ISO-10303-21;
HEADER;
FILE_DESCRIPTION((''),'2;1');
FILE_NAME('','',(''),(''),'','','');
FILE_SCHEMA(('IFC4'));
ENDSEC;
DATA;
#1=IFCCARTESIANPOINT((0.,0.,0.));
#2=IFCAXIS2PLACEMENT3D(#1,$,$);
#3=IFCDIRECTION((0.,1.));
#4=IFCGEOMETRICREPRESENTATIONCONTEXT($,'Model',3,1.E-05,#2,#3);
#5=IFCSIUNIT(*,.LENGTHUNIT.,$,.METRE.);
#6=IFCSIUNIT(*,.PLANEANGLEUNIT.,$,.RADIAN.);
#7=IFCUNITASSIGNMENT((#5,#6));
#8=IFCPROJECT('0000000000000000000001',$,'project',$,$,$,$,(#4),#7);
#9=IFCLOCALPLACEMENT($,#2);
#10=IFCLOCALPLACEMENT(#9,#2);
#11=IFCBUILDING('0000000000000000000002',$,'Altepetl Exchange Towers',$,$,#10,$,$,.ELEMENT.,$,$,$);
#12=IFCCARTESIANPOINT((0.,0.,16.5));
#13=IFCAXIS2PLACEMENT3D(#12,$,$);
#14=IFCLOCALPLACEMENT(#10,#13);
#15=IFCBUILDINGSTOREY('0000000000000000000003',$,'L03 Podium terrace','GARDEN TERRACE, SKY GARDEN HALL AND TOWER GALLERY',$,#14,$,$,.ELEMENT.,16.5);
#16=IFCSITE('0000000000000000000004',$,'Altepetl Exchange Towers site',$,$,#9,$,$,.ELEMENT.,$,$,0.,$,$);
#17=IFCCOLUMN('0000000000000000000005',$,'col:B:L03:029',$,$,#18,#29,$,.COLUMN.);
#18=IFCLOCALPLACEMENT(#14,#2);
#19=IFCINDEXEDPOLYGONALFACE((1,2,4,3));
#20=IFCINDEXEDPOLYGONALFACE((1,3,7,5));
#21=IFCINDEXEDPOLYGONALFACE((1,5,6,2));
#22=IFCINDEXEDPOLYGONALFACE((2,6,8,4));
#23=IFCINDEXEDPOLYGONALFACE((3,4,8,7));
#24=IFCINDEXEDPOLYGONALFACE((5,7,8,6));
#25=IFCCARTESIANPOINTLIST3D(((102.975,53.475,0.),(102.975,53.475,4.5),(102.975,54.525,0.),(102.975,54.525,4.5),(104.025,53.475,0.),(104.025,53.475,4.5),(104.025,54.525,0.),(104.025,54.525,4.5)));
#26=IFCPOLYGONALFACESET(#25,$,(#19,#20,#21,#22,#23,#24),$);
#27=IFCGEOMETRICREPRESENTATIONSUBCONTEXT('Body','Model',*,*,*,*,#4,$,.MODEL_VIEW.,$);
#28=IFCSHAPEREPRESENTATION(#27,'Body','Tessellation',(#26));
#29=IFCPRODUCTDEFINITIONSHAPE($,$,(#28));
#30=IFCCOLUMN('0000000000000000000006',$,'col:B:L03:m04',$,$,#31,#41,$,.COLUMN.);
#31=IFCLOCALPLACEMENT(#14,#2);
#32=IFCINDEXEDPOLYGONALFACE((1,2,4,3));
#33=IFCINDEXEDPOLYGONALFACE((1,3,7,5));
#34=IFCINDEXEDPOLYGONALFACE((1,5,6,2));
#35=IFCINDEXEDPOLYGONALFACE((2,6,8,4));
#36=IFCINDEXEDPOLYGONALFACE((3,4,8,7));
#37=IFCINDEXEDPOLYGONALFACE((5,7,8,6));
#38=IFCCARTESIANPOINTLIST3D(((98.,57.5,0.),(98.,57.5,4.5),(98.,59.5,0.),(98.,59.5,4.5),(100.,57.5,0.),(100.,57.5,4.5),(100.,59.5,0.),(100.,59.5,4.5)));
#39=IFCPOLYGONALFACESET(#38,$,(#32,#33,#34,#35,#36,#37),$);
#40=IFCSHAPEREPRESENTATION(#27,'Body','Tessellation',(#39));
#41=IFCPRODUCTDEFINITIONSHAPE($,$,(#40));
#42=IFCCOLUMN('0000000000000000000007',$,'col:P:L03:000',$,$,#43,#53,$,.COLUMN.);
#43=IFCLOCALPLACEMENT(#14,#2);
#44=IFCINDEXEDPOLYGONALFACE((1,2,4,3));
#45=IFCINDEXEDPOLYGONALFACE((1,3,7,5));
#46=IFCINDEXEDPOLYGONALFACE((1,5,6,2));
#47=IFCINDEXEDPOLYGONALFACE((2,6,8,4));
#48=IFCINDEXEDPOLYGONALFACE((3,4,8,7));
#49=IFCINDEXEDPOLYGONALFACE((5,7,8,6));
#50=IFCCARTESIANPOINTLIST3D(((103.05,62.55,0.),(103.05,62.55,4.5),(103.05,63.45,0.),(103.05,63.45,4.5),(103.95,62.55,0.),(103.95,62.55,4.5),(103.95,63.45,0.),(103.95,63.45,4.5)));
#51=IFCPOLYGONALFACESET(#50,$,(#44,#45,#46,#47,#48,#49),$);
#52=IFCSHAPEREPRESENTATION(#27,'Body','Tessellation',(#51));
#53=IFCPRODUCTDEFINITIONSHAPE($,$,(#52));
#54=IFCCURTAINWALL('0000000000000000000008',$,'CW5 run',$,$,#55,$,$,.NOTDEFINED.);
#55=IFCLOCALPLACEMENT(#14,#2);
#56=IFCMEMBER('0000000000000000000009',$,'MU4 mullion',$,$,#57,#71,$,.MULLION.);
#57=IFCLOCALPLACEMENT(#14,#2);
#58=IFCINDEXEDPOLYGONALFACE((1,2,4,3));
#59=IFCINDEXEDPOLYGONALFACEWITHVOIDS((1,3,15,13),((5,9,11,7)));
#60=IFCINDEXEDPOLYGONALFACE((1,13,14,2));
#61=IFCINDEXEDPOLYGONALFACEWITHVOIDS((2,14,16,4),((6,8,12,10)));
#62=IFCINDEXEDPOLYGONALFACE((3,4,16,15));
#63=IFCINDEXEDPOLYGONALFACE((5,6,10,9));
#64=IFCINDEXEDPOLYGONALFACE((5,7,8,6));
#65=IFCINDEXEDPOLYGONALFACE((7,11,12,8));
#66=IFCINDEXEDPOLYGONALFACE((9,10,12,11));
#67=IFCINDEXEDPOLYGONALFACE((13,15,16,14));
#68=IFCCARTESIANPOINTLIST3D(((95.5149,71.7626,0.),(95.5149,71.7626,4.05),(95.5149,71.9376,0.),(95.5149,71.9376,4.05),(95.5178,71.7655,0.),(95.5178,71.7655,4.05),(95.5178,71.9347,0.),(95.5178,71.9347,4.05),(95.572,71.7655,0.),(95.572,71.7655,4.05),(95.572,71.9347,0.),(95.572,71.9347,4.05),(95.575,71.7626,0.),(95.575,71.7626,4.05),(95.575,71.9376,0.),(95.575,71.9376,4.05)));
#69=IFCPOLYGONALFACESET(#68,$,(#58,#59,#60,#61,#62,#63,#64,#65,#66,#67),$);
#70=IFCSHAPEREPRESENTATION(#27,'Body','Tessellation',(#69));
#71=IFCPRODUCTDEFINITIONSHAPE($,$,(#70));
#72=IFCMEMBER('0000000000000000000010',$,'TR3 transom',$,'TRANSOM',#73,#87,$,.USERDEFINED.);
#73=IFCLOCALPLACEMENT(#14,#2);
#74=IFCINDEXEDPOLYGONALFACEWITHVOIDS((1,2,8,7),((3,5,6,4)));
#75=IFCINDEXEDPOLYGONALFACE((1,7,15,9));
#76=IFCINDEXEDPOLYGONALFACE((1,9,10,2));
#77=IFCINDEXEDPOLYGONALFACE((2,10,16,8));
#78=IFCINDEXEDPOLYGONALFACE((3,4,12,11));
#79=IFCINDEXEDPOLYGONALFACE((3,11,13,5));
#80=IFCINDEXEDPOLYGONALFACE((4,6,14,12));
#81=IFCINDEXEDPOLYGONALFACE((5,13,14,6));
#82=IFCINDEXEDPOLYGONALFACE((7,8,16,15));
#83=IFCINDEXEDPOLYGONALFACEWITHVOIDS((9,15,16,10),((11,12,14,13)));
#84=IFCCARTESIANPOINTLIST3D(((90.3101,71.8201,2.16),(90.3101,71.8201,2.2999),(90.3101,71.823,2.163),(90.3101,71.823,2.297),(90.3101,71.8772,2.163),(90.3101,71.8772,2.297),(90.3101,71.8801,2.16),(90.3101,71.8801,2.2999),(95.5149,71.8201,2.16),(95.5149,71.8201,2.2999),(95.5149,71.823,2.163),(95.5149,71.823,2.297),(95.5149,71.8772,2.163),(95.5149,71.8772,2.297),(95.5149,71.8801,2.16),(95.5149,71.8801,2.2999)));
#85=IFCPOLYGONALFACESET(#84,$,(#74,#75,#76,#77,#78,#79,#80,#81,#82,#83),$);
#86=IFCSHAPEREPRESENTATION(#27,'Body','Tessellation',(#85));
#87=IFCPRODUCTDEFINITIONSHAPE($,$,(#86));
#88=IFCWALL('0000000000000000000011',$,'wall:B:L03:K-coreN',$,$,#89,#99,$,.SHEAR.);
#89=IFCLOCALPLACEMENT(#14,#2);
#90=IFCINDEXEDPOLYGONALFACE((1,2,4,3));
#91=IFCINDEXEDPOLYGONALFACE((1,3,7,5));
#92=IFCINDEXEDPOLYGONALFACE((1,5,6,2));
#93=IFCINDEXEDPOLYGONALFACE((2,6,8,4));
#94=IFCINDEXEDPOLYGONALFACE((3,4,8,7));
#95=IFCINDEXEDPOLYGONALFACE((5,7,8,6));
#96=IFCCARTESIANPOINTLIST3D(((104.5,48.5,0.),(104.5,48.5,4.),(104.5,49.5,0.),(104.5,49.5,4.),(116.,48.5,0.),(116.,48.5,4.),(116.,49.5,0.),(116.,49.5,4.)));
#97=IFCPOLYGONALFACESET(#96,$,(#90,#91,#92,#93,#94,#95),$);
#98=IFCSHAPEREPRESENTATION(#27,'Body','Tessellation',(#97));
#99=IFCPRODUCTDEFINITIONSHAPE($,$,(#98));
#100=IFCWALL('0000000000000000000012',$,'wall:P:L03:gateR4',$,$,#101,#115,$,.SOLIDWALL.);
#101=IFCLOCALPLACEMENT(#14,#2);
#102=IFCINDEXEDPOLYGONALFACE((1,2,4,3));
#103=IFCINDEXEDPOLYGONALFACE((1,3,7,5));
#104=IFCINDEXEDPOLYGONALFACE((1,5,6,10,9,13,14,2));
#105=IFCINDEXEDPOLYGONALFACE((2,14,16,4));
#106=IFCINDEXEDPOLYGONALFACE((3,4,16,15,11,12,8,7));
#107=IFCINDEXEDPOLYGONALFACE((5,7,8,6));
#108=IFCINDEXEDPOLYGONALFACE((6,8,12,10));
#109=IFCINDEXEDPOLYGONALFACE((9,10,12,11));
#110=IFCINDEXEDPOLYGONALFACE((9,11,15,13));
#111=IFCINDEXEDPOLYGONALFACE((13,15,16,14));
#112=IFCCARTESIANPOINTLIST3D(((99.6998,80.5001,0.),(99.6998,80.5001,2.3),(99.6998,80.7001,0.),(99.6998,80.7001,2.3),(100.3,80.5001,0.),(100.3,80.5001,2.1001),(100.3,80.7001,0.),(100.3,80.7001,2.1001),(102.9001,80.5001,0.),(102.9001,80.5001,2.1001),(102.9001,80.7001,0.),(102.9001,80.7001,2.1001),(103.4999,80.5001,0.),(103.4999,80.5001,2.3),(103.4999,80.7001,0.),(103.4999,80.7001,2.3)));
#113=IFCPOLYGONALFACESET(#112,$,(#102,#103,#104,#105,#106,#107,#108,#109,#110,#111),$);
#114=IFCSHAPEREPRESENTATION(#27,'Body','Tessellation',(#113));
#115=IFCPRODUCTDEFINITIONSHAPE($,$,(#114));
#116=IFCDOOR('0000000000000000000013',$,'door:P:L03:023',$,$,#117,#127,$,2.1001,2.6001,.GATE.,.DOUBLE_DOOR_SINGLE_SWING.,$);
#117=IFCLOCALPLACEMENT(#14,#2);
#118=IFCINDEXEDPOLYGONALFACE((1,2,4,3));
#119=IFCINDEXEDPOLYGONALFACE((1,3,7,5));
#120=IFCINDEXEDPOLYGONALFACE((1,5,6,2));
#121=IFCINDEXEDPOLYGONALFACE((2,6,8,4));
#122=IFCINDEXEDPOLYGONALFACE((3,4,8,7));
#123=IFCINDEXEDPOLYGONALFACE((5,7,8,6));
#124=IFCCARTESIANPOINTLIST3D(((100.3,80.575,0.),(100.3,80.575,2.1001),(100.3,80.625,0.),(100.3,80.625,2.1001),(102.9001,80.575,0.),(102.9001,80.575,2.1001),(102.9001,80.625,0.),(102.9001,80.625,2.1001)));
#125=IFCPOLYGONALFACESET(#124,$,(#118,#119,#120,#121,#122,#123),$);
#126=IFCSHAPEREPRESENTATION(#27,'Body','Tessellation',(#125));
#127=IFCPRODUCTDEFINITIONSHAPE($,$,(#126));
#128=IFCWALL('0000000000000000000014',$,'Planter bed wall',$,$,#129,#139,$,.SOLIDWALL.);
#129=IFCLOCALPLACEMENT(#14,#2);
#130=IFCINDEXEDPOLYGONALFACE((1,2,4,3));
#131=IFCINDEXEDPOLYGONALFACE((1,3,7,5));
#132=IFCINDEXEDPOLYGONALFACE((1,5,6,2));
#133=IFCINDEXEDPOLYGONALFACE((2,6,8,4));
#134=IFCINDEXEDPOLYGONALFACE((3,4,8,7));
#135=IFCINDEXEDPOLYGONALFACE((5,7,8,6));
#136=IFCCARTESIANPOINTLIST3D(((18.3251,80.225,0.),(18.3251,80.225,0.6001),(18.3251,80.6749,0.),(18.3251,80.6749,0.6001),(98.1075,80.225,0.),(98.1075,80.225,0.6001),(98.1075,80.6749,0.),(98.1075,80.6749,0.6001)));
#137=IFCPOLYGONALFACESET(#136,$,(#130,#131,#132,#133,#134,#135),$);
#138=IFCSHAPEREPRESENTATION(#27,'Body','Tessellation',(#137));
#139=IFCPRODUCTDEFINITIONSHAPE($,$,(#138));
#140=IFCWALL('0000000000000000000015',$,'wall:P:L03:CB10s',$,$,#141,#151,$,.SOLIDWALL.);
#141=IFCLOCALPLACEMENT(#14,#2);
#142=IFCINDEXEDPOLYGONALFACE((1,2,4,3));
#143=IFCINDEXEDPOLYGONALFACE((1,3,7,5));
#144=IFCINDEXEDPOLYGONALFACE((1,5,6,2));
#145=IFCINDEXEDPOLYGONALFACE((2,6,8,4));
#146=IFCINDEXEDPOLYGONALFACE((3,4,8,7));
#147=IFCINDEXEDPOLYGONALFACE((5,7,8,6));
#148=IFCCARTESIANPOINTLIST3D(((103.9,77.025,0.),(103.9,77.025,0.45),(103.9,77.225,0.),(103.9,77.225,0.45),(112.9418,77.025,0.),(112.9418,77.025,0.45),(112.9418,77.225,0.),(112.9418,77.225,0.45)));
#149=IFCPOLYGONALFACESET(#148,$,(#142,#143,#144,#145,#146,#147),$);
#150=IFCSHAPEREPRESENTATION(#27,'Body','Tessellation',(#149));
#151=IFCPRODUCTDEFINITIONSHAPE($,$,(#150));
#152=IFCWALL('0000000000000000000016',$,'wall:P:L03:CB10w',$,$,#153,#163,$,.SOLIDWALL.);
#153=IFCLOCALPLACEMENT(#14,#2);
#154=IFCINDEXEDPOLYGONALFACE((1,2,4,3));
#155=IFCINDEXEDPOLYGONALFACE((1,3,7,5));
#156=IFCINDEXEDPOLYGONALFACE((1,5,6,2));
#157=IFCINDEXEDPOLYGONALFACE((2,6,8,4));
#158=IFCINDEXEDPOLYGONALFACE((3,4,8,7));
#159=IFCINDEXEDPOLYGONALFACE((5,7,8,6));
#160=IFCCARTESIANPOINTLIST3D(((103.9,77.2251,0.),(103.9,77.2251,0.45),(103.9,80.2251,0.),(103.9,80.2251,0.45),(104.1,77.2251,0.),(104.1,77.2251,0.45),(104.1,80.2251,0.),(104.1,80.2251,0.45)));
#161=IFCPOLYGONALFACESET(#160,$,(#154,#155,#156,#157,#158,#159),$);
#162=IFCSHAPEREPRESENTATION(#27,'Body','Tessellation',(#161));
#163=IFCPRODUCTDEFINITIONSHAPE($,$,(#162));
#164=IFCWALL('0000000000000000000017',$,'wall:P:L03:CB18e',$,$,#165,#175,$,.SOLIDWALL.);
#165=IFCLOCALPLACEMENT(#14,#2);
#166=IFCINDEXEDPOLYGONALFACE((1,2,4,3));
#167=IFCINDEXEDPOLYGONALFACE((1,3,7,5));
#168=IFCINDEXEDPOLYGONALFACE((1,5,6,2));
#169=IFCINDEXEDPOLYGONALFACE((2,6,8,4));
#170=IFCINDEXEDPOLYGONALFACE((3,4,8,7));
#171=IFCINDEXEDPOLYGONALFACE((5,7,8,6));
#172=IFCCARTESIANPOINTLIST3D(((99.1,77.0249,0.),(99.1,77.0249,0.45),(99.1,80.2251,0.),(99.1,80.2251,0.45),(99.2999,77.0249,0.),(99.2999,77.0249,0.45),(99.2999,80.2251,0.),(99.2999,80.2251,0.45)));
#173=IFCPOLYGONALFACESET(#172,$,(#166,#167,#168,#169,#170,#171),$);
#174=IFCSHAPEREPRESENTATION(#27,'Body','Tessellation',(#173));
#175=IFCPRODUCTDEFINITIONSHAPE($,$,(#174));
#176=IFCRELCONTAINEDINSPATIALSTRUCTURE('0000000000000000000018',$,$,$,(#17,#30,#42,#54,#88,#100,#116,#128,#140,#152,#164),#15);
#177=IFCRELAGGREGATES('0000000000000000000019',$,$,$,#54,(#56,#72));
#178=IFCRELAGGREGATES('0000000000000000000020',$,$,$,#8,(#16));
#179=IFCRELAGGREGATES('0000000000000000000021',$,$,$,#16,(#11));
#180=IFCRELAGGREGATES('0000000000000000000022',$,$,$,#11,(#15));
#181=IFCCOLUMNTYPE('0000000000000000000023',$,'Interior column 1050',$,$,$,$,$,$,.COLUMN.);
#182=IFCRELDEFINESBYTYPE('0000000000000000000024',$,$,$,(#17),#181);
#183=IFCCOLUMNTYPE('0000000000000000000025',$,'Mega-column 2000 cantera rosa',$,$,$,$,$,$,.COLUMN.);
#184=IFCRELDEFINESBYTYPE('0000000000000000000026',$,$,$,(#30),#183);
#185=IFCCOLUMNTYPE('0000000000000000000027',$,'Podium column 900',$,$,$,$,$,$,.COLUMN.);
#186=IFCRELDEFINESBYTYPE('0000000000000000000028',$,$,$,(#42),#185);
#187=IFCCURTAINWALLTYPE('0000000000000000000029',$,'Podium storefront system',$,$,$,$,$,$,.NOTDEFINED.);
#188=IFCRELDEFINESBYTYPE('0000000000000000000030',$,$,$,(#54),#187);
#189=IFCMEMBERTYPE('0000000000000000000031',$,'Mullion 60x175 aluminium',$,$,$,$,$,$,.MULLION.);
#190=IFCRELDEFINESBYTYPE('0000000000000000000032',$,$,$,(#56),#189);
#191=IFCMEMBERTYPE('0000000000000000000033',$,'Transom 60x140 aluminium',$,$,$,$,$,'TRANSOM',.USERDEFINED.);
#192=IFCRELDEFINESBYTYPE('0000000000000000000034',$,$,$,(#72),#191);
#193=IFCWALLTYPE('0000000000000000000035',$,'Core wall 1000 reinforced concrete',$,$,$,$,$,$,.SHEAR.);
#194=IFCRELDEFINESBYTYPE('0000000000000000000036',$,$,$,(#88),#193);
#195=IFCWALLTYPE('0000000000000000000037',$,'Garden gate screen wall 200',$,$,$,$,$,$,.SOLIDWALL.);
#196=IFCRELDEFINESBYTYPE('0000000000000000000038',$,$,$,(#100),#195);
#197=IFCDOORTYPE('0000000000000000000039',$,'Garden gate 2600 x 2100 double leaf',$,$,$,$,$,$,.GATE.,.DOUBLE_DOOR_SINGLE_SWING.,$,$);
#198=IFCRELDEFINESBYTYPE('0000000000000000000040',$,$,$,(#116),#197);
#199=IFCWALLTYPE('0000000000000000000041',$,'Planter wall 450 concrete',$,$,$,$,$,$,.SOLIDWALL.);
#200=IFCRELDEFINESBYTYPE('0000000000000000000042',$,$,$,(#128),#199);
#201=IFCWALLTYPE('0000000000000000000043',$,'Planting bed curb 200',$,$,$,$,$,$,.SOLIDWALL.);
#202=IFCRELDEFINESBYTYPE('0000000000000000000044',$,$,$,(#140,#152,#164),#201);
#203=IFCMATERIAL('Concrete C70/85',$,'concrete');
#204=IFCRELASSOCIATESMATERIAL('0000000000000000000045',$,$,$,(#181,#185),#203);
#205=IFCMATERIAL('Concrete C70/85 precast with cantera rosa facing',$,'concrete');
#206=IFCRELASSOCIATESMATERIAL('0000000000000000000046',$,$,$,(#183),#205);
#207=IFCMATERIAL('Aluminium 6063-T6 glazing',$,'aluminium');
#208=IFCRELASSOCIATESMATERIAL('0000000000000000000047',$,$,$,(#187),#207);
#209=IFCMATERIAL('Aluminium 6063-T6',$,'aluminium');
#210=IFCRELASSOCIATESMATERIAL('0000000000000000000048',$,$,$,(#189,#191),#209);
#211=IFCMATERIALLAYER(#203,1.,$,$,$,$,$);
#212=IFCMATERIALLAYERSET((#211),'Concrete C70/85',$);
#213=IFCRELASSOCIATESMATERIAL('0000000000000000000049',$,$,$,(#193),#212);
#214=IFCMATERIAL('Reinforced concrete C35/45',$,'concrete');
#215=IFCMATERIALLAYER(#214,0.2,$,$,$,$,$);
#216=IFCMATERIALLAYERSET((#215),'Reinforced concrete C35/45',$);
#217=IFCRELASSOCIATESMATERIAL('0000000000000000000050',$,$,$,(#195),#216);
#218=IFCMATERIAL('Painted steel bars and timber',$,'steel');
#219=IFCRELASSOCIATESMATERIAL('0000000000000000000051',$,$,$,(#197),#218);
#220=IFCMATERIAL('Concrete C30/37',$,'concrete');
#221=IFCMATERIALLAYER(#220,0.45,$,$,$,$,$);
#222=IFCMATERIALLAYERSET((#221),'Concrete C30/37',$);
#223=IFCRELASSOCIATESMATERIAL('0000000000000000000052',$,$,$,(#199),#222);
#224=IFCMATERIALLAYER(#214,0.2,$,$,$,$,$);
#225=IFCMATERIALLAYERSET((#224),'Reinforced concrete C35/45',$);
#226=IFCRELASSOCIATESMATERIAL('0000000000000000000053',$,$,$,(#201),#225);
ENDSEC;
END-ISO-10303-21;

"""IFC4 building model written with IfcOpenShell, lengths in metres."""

from ifc_helpers import new_model, si_unit, direction, frame, frame_2d, origin, origin_2d, place, context, subcontext, project, spatial, rectangle, hollow_rectangle, extrude, material, layer, layer_set, material_profile, profile_set, type_object, element, fill, aggregate, save


model = new_model("IFC4")

# Units and contexts
model_context = context("Model", 3, precision=1e-05, world=origin(), true_north=direction((0.0, 1.0)))
body_context = subcontext(model_context, "Body", "Model", "MODEL_VIEW")
ifc_project = project(units=[si_unit("LENGTHUNIT", "METRE"), si_unit("PLANEANGLEUNIT", "RADIAN")], contexts=[model_context])

# Site, building, storey
site_placement = place(None, origin())
site = spatial("IfcSite", under=ifc_project, at=site_placement, Name="Altepetl Exchange Towers site", CompositionType="ELEMENT", RefElevation=0.0)
building_placement = place(site_placement, origin())
building = spatial("IfcBuilding", under=site, at=building_placement, Name="Altepetl Exchange Towers", CompositionType="ELEMENT")
storey_placement = place(building_placement, frame((0.0, 0.0, 16.5)))
storey = spatial("IfcBuildingStorey", under=building, at=storey_placement, Name="L03 Podium terrace", Description="GARDEN TERRACE, SKY GARDEN HALL AND TOWER GALLERY", CompositionType="ELEMENT", Elevation=16.5)

# Columns
ifc_material_1 = material(Name="Concrete C70/85", Category="concrete")
ifc_material_profile_1 = material_profile(ifc_material_1, rectangle(XDim=1.05, YDim=1.05, at=origin_2d()), Name="1050 x 1050")
ifc_profile_set_1 = profile_set([ifc_material_profile_1], Name="Concrete C70/85")
column_type_1 = type_object("IfcColumnType", Name="Interior column 1050", PredefinedType="COLUMN", material=ifc_profile_set_1)
column_1_placement = place(storey_placement, frame((103.5, 54.0, 0.0)))
element("IfcColumn", 1, at=column_1_placement, inside=storey, type_object=column_type_1, Name="col:B:L03:029", PredefinedType="COLUMN", context=body_context, shape_type="SweptSolid", body=[
    extrude(rectangle(XDim=1.05, YDim=1.05, at=origin_2d()), origin(), (0.0, 0.0, 1.0), 4.5),
])
ifc_material_2 = material(Name="Concrete C70/85 precast with cantera rosa facing", Category="concrete")
ifc_material_profile_2 = material_profile(ifc_material_2, rectangle(XDim=2.0, YDim=2.0, at=origin_2d()), Name="2000 x 2000")
ifc_profile_set_2 = profile_set([ifc_material_profile_2], Name="Concrete C70/85 precast with cantera rosa facing")
column_type_2 = type_object("IfcColumnType", Name="Mega-column 2000 cantera rosa", PredefinedType="COLUMN", material=ifc_profile_set_2)
column_2_placement = place(storey_placement, frame((99.0, 58.5, 0.0)))
element("IfcColumn", 2, at=column_2_placement, inside=storey, type_object=column_type_2, Name="col:B:L03:m04", PredefinedType="COLUMN", context=body_context, shape_type="SweptSolid", body=[
    extrude(rectangle(XDim=2.0, YDim=2.0, at=origin_2d()), origin(), (0.0, 0.0, 1.0), 4.5),
])
ifc_material_profile_3 = material_profile(ifc_material_1, rectangle(XDim=0.8999, YDim=0.8999, at=origin_2d()), Name="900 x 900")
ifc_profile_set_3 = profile_set([ifc_material_profile_3], Name="Concrete C70/85")
column_type_3 = type_object("IfcColumnType", Name="Podium column 900", PredefinedType="COLUMN", material=ifc_profile_set_3)
column_3_placement = place(storey_placement, frame((103.5, 63.0, 0.0)))
element("IfcColumn", 3, at=column_3_placement, inside=storey, type_object=column_type_3, Name="col:P:L03:000", PredefinedType="COLUMN", context=body_context, shape_type="SweptSolid", body=[
    extrude(rectangle(XDim=0.8999, YDim=0.8999, at=origin_2d()), origin(), (0.0, 0.0, 1.0), 4.5),
])

# Curtain wall, members
ifc_material_3 = material(Name="Aluminium 6063-T6 glazing", Category="aluminium")
curtain_wall_type = type_object("IfcCurtainWallType", Name="Podium storefront system", PredefinedType="NOTDEFINED", material=ifc_material_3)
curtain_wall_placement = place(storey_placement, origin())
curtain_wall = element("IfcCurtainWall", 4, at=curtain_wall_placement, inside=storey, type_object=curtain_wall_type, Name="CW5 run", PredefinedType="NOTDEFINED")
ifc_material_4 = material(Name="Aluminium 6063-T6", Category="aluminium")
ifc_material_profile_4 = material_profile(ifc_material_4, hollow_rectangle(XDim=0.0601, YDim=0.175, WallThickness=0.0029, at=origin_2d()), Name="Mullion 60x175 aluminium")
ifc_profile_set_4 = profile_set([ifc_material_profile_4], Name="Aluminium 6063-T6")
member_type_1 = type_object("IfcMemberType", Name="Mullion 60x175 aluminium", PredefinedType="MULLION", material=ifc_profile_set_4)
member_1_placement = place(storey_placement, frame((95.5449, 71.8501, 0.0), z_axis=(0.0, 0.0, 1.0), x_axis=(-1.0, 0.0, 0.0)))
member_1 = element("IfcMember", 5, at=member_1_placement, type_object=member_type_1, Name="MU4 mullion", PredefinedType="MULLION", context=body_context, shape_type="SweptSolid", body=[
    extrude(hollow_rectangle(XDim=0.0601, YDim=0.175, WallThickness=0.0029, at=origin_2d()), origin(), (0.0, 0.0, 1.0), 4.05),
])
ifc_material_profile_5 = material_profile(ifc_material_4, hollow_rectangle(XDim=0.0601, YDim=0.1399, WallThickness=0.0029, at=origin_2d()), Name="Transom 60x140 aluminium")
ifc_profile_set_5 = profile_set([ifc_material_profile_5], Name="Aluminium 6063-T6")
member_type_2 = type_object("IfcMemberType", Name="Transom 60x140 aluminium", ElementType="TRANSOM", PredefinedType="USERDEFINED", material=ifc_profile_set_5)
member_2_placement = place(storey_placement, frame((95.5149, 71.8501, 2.23), z_axis=(-1.0, 0.0, 0.0), x_axis=(0.0, -1.0, 0.0)))
member_2 = element("IfcMember", 6, at=member_2_placement, type_object=member_type_2, Name="TR3 transom", ObjectType="TRANSOM", PredefinedType="USERDEFINED", context=body_context, shape_type="SweptSolid", body=[
    extrude(hollow_rectangle(XDim=0.0601, YDim=0.1399, WallThickness=0.0029, at=origin_2d()), origin(), (0.0, 0.0, 1.0), 5.2048),
])
aggregate(curtain_wall, [member_1, member_2])

# Wall
ifc_layer_1 = layer(ifc_material_1, 1.0)
ifc_layer_set_1 = layer_set([ifc_layer_1], Name="Concrete C70/85")
wall_type_1 = type_object("IfcWallType", Name="Core wall 1000 reinforced concrete", PredefinedType="SHEAR", material=ifc_layer_set_1)
wall_1_placement = place(storey_placement, frame((104.5, 49.0, 0.0)))
element("IfcWall", 7, at=wall_1_placement, inside=storey, type_object=wall_type_1, Name="wall:B:L03:K-coreN", PredefinedType="SHEAR", context=body_context, shape_type="SweptSolid", body=[
    extrude(rectangle(XDim=11.5, YDim=1.0, at=frame_2d((5.75, 0.0))), origin(), (0.0, 0.0, 1.0), 4.0),
])

# Wall, opening, door
ifc_material_5 = material(Name="Reinforced concrete C35/45", Category="concrete")
ifc_layer_2 = layer(ifc_material_5, 0.2)
ifc_layer_set_2 = layer_set([ifc_layer_2], Name="Reinforced concrete C35/45")
wall_type_2 = type_object("IfcWallType", Name="Garden gate screen wall 200", PredefinedType="SOLIDWALL", material=ifc_layer_set_2)
wall_2_placement = place(storey_placement, frame((99.7, 80.6001, 0.0)))
wall_2 = element("IfcWall", 8, at=wall_2_placement, inside=storey, type_object=wall_type_2, Name="wall:P:L03:gateR4", PredefinedType="SOLIDWALL", context=body_context, shape_type="SweptSolid", body=[
    extrude(rectangle(XDim=3.8, YDim=0.2, at=frame_2d((1.8999, 0.0))), origin(), (0.0, 0.0, 1.0), 2.3),
])
opening_1_placement = place(wall_2_placement, frame((0.6001, 0.0, 0.0)))
opening_1 = element("IfcOpeningElement", 9, at=opening_1_placement, cuts=wall_2, PredefinedType="OPENING", context=body_context, shape_type="SweptSolid", body=[
    extrude(rectangle(XDim=2.6001, YDim=2.1001, at=frame_2d((1.3, 1.05))), frame((0.0, 0.1099, 0.0), z_axis=(0.0, -1.0, 0.0), x_axis=(1.0, 0.0, 0.0)), (0.0, 0.0, 1.0), 0.22),
])
ifc_material_6 = material(Name="Painted steel bars and timber", Category="steel")
door_type_1 = type_object("IfcDoorType", Name="Garden gate 2600 x 2100 double leaf", OperationType="DOUBLE_DOOR_SINGLE_SWING", PredefinedType="GATE", material=ifc_material_6)
door_1_placement = place(opening_1_placement, origin())
door_1 = element("IfcDoor", 10, at=door_1_placement, inside=storey, type_object=door_type_1, Name="door:P:L03:023", OperationType="DOUBLE_DOOR_SINGLE_SWING", OverallHeight=2.1001, OverallWidth=2.6001, PredefinedType="GATE", context=body_context, shape_type="SweptSolid", body=[
    extrude(rectangle(XDim=2.6001, YDim=2.1001, at=frame_2d((1.3, 1.05))), frame((0.0, 0.0249, 0.0), z_axis=(0.0, -1.0, 0.0), x_axis=(1.0, 0.0, 0.0)), (0.0, 0.0, 1.0), 0.05),
])
fill(opening_1, door_1)

# Walls
ifc_material_7 = material(Name="Concrete C30/37", Category="concrete")
ifc_layer_3 = layer(ifc_material_7, 0.45)
ifc_layer_set_3 = layer_set([ifc_layer_3], Name="Concrete C30/37")
wall_type_3 = type_object("IfcWallType", Name="Planter wall 450 concrete", PredefinedType="SOLIDWALL", material=ifc_layer_set_3)
wall_3_placement = place(storey_placement, frame((98.1074, 80.45, 0.0), z_axis=(0.0, 0.0, 1.0), x_axis=(-1.0, 0.0, 0.0)))
element("IfcWall", 11, at=wall_3_placement, inside=storey, type_object=wall_type_3, Name="Planter bed wall", PredefinedType="SOLIDWALL", context=body_context, shape_type="SweptSolid", body=[
    extrude(rectangle(XDim=79.7825, YDim=0.45, at=frame_2d((39.8911, 0.0))), origin(), (0.0, 0.0, 1.0), 0.6001),
])
ifc_layer_4 = layer(ifc_material_5, 0.2)
ifc_layer_set_4 = layer_set([ifc_layer_4], Name="Reinforced concrete C35/45")
wall_type_4 = type_object("IfcWallType", Name="Planting bed curb 200", PredefinedType="SOLIDWALL", material=ifc_layer_set_4)
wall_4_placement = place(storey_placement, frame((103.8999, 77.125, 0.0)))
element("IfcWall", 12, at=wall_4_placement, inside=storey, type_object=wall_type_4, Name="wall:P:L03:CB10s", PredefinedType="SOLIDWALL", context=body_context, shape_type="SweptSolid", body=[
    extrude(rectangle(XDim=9.0417, YDim=0.2, at=frame_2d((4.521, 0.0))), origin(), (0.0, 0.0, 1.0), 0.45),
])
wall_5_placement = place(storey_placement, frame((104.0, 77.2251, 0.0), z_axis=(0.0, 0.0, 1.0), x_axis=(0.0, 1.0, 0.0)))
element("IfcWall", 13, at=wall_5_placement, inside=storey, type_object=wall_type_4, Name="wall:P:L03:CB10w", PredefinedType="SOLIDWALL", context=body_context, shape_type="SweptSolid", body=[
    extrude(rectangle(XDim=3.0, YDim=0.2, at=frame_2d((1.5, 0.0))), origin(), (0.0, 0.0, 1.0), 0.45),
])
wall_6_placement = place(storey_placement, frame((99.2, 77.0249, 0.0), z_axis=(0.0, 0.0, 1.0), x_axis=(0.0, 1.0, 0.0)))
element("IfcWall", 14, at=wall_6_placement, inside=storey, type_object=wall_type_4, Name="wall:P:L03:CB18e", PredefinedType="SOLIDWALL", context=body_context, shape_type="SweptSolid", body=[
    extrude(rectangle(XDim=3.2002, YDim=0.2, at=frame_2d((1.6001, 0.0))), origin(), (0.0, 0.0, 1.0), 0.45),
])

save(model, "model.ifc")
